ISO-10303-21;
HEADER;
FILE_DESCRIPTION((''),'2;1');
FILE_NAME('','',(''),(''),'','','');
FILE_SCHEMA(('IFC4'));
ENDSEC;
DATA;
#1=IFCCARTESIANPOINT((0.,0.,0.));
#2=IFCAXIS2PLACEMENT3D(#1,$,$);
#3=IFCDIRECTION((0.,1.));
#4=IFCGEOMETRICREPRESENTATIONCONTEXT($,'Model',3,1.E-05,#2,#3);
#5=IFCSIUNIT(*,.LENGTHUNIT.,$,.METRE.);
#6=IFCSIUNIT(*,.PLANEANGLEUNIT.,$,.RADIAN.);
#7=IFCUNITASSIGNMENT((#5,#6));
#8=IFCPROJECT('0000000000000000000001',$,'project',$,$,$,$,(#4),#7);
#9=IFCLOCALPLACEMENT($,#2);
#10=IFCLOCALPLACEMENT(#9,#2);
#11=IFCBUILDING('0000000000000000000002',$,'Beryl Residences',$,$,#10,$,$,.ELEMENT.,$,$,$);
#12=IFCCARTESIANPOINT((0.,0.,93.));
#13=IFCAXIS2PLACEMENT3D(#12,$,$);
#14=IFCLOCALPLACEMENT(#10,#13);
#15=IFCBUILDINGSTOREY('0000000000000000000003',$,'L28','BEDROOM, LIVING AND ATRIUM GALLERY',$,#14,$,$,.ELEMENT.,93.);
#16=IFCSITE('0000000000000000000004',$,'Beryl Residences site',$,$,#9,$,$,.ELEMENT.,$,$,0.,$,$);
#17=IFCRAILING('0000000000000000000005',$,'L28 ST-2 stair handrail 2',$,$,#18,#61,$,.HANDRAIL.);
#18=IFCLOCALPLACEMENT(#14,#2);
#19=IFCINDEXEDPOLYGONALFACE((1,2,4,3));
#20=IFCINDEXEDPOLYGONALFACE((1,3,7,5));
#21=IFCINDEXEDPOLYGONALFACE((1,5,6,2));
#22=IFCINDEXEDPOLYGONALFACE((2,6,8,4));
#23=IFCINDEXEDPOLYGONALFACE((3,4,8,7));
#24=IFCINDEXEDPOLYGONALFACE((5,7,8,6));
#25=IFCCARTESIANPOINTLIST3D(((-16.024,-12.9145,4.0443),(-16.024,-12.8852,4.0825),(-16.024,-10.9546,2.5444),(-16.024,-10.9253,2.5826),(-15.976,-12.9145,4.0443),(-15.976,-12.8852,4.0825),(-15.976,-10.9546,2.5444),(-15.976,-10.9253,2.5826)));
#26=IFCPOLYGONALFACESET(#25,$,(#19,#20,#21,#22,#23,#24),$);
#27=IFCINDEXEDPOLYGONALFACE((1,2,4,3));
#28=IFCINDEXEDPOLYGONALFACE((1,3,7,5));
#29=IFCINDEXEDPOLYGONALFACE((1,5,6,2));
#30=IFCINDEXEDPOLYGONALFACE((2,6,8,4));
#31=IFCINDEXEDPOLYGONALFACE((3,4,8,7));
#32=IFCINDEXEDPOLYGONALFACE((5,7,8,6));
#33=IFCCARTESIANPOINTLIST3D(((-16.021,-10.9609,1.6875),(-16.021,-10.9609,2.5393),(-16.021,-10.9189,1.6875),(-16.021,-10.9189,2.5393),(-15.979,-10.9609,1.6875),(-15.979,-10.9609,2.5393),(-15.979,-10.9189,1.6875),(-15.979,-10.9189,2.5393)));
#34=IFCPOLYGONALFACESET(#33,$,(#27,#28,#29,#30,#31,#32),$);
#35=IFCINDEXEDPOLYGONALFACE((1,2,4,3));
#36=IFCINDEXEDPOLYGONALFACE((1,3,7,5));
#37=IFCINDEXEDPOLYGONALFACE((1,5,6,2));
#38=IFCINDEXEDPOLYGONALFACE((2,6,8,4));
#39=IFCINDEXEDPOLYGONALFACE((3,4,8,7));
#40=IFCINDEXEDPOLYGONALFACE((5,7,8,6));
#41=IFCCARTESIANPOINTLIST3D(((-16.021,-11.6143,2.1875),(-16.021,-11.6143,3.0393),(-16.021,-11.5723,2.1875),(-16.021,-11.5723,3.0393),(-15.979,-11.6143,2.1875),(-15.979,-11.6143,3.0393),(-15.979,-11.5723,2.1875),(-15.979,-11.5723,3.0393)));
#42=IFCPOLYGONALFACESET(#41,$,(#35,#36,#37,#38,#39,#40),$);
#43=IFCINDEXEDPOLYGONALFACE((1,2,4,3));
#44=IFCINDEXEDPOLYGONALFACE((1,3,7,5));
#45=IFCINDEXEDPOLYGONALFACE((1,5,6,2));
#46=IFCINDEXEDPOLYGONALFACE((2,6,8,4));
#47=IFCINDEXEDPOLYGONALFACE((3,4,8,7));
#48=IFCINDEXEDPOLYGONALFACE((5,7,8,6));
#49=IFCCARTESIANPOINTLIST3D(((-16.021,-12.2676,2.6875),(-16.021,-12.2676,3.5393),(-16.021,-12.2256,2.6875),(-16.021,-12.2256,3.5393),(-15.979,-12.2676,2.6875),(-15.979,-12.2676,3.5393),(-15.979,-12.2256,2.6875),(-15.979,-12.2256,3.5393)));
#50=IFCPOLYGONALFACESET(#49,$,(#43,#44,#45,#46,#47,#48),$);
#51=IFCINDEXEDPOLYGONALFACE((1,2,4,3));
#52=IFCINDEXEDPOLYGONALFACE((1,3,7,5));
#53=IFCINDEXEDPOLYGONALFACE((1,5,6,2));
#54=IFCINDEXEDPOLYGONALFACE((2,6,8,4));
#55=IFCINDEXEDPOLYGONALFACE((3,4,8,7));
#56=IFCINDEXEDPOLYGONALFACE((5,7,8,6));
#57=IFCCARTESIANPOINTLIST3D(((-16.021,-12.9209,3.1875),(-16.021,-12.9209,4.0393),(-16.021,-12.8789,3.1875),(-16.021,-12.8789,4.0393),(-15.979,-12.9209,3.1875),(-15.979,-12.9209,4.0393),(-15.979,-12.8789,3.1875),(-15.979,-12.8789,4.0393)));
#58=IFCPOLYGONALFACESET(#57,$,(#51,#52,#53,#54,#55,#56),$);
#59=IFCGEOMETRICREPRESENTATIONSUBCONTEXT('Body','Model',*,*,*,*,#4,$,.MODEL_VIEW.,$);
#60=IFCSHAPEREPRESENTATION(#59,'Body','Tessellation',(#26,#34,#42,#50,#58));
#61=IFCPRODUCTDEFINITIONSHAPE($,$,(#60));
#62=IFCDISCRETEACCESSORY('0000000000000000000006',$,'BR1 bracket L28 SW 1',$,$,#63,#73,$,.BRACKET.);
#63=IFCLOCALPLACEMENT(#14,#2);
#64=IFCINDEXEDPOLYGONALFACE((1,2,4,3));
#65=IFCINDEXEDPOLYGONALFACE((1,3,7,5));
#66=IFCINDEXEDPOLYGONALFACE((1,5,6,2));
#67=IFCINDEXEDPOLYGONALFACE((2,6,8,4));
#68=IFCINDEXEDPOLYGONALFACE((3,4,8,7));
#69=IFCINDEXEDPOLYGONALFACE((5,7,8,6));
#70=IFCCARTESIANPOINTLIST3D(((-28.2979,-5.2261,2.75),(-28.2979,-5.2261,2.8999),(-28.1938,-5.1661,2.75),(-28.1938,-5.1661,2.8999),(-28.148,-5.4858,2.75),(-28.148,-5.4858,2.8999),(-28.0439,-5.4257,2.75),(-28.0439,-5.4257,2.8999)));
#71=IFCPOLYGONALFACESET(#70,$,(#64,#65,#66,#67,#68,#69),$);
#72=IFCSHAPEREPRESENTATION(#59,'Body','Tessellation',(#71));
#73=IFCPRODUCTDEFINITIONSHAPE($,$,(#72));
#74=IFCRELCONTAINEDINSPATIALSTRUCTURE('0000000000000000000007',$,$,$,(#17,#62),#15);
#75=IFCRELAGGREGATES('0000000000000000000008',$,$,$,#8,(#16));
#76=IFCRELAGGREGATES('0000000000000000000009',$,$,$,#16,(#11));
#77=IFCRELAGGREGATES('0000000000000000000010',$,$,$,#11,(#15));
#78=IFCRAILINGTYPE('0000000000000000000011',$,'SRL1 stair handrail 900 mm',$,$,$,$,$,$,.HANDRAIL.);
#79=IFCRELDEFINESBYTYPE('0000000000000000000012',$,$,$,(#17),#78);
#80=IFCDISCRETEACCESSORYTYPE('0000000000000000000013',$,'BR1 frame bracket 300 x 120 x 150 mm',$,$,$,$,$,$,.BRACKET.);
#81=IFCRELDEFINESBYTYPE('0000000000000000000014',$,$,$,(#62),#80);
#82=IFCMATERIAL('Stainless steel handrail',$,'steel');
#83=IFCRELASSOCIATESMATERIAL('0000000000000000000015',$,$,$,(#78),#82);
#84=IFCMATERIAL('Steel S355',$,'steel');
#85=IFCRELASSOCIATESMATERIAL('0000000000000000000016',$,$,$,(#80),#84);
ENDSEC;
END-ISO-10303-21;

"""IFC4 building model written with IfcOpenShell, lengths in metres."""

from ifc_helpers import new_model, si_unit, direction, frame, origin, origin_2d, place, context, subcontext, project, spatial, polyline, rectangle, outline, extrude, source, transform, mapped, material, type_object, type_shapes, element, save


model = new_model("IFC4")

# Units and contexts
model_context = context("Model", 3, precision=1e-05, world=origin(), true_north=direction((0.0, 1.0)))
body_context = subcontext(model_context, "Body", "Model", "MODEL_VIEW")
ifc_project = project(units=[si_unit("LENGTHUNIT", "METRE"), si_unit("PLANEANGLEUNIT", "RADIAN")], contexts=[model_context])

# Site, building, storey
site_placement = place(None, origin())
site = spatial("IfcSite", under=ifc_project, at=site_placement, Name="Beryl Residences site", CompositionType="ELEMENT", RefElevation=0.0)
building_placement = place(site_placement, origin())
building = spatial("IfcBuilding", under=site, at=building_placement, Name="Beryl Residences", CompositionType="ELEMENT")
storey_placement = place(building_placement, frame((0.0, 0.0, 93.0)))
storey = spatial("IfcBuildingStorey", under=building, at=storey_placement, Name="L28", Description="BEDROOM, LIVING AND ATRIUM GALLERY", CompositionType="ELEMENT", Elevation=93.0)

# Railing
ifc_material_1 = material(Name="Stainless steel handrail", Category="steel")
railing_type_1 = type_object("IfcRailingType", Name="SRL1 stair handrail 900 mm", PredefinedType="HANDRAIL", material=ifc_material_1)
railing_1_placement = place(storey_placement, frame((-16.0, -10.9399, 1.6875)))
element("IfcRailing", 1, at=railing_1_placement, inside=storey, type_object=railing_type_1, Name="L28 ST-2 stair handrail 2", PredefinedType="HANDRAIL", context=body_context, shape_type="SweptSolid", body=[
    extrude(rectangle(XDim=0.0481, YDim=0.0481, at=origin_2d()), frame((0.0, 0.0, 0.876), z_axis=(0.0, -0.794122, 0.607758), x_axis=(1.0, 0.0, 0.0)), (0.0, 0.0, 1.0), 2.468),
    extrude(rectangle(XDim=0.042, YDim=0.042, at=origin_2d()), origin(), (0.0, 0.0, 1.0), 0.8518),
    extrude(rectangle(XDim=0.042, YDim=0.042, at=origin_2d()), frame((0.0, -0.6533, 0.5)), (0.0, 0.0, 1.0), 0.8518),
    extrude(rectangle(XDim=0.042, YDim=0.042, at=origin_2d()), frame((0.0, -1.3066, 1.0)), (0.0, 0.0, 1.0), 0.8518),
    extrude(rectangle(XDim=0.042, YDim=0.042, at=origin_2d()), frame((0.0, -1.96, 1.5)), (0.0, 0.0, 1.0), 0.8518),
])

# Discrete accessory
ifc_material_2 = material(Name="Steel S355", Category="steel")
discrete_accessory_type = type_object("IfcDiscreteAccessoryType", Name="BR1 frame bracket 300 x 120 x 150 mm", PredefinedType="BRACKET", material=ifc_material_2)
shared_shape_1 = source(origin(), body_context, "Body", "SweptSolid", [
    extrude(outline(polyline([(-0.1499, 0.0), (0.1499, 0.0), (0.1499, 0.1201), (-0.1499, 0.1201), (-0.1499, 0.0)])), origin(), (0.0, 0.0, 1.0), 0.1499),
])
type_shapes(discrete_accessory_type, [shared_shape_1])
discrete_accessory_placement = place(storey_placement, frame((-28.1189, -5.2959, 2.75), z_axis=(0.0, 0.0, 1.0), x_axis=(-0.5, 0.866025, 0.0)))
element("IfcDiscreteAccessory", 2, at=discrete_accessory_placement, inside=storey, type_object=discrete_accessory_type, Name="BR1 bracket L28 SW 1", PredefinedType="BRACKET", context=body_context, shape_type="MappedRepresentation", body=[
    mapped(shared_shape_1, transform((0.0, 0.0, 0.0))),
])

save(model, "model.ifc")
